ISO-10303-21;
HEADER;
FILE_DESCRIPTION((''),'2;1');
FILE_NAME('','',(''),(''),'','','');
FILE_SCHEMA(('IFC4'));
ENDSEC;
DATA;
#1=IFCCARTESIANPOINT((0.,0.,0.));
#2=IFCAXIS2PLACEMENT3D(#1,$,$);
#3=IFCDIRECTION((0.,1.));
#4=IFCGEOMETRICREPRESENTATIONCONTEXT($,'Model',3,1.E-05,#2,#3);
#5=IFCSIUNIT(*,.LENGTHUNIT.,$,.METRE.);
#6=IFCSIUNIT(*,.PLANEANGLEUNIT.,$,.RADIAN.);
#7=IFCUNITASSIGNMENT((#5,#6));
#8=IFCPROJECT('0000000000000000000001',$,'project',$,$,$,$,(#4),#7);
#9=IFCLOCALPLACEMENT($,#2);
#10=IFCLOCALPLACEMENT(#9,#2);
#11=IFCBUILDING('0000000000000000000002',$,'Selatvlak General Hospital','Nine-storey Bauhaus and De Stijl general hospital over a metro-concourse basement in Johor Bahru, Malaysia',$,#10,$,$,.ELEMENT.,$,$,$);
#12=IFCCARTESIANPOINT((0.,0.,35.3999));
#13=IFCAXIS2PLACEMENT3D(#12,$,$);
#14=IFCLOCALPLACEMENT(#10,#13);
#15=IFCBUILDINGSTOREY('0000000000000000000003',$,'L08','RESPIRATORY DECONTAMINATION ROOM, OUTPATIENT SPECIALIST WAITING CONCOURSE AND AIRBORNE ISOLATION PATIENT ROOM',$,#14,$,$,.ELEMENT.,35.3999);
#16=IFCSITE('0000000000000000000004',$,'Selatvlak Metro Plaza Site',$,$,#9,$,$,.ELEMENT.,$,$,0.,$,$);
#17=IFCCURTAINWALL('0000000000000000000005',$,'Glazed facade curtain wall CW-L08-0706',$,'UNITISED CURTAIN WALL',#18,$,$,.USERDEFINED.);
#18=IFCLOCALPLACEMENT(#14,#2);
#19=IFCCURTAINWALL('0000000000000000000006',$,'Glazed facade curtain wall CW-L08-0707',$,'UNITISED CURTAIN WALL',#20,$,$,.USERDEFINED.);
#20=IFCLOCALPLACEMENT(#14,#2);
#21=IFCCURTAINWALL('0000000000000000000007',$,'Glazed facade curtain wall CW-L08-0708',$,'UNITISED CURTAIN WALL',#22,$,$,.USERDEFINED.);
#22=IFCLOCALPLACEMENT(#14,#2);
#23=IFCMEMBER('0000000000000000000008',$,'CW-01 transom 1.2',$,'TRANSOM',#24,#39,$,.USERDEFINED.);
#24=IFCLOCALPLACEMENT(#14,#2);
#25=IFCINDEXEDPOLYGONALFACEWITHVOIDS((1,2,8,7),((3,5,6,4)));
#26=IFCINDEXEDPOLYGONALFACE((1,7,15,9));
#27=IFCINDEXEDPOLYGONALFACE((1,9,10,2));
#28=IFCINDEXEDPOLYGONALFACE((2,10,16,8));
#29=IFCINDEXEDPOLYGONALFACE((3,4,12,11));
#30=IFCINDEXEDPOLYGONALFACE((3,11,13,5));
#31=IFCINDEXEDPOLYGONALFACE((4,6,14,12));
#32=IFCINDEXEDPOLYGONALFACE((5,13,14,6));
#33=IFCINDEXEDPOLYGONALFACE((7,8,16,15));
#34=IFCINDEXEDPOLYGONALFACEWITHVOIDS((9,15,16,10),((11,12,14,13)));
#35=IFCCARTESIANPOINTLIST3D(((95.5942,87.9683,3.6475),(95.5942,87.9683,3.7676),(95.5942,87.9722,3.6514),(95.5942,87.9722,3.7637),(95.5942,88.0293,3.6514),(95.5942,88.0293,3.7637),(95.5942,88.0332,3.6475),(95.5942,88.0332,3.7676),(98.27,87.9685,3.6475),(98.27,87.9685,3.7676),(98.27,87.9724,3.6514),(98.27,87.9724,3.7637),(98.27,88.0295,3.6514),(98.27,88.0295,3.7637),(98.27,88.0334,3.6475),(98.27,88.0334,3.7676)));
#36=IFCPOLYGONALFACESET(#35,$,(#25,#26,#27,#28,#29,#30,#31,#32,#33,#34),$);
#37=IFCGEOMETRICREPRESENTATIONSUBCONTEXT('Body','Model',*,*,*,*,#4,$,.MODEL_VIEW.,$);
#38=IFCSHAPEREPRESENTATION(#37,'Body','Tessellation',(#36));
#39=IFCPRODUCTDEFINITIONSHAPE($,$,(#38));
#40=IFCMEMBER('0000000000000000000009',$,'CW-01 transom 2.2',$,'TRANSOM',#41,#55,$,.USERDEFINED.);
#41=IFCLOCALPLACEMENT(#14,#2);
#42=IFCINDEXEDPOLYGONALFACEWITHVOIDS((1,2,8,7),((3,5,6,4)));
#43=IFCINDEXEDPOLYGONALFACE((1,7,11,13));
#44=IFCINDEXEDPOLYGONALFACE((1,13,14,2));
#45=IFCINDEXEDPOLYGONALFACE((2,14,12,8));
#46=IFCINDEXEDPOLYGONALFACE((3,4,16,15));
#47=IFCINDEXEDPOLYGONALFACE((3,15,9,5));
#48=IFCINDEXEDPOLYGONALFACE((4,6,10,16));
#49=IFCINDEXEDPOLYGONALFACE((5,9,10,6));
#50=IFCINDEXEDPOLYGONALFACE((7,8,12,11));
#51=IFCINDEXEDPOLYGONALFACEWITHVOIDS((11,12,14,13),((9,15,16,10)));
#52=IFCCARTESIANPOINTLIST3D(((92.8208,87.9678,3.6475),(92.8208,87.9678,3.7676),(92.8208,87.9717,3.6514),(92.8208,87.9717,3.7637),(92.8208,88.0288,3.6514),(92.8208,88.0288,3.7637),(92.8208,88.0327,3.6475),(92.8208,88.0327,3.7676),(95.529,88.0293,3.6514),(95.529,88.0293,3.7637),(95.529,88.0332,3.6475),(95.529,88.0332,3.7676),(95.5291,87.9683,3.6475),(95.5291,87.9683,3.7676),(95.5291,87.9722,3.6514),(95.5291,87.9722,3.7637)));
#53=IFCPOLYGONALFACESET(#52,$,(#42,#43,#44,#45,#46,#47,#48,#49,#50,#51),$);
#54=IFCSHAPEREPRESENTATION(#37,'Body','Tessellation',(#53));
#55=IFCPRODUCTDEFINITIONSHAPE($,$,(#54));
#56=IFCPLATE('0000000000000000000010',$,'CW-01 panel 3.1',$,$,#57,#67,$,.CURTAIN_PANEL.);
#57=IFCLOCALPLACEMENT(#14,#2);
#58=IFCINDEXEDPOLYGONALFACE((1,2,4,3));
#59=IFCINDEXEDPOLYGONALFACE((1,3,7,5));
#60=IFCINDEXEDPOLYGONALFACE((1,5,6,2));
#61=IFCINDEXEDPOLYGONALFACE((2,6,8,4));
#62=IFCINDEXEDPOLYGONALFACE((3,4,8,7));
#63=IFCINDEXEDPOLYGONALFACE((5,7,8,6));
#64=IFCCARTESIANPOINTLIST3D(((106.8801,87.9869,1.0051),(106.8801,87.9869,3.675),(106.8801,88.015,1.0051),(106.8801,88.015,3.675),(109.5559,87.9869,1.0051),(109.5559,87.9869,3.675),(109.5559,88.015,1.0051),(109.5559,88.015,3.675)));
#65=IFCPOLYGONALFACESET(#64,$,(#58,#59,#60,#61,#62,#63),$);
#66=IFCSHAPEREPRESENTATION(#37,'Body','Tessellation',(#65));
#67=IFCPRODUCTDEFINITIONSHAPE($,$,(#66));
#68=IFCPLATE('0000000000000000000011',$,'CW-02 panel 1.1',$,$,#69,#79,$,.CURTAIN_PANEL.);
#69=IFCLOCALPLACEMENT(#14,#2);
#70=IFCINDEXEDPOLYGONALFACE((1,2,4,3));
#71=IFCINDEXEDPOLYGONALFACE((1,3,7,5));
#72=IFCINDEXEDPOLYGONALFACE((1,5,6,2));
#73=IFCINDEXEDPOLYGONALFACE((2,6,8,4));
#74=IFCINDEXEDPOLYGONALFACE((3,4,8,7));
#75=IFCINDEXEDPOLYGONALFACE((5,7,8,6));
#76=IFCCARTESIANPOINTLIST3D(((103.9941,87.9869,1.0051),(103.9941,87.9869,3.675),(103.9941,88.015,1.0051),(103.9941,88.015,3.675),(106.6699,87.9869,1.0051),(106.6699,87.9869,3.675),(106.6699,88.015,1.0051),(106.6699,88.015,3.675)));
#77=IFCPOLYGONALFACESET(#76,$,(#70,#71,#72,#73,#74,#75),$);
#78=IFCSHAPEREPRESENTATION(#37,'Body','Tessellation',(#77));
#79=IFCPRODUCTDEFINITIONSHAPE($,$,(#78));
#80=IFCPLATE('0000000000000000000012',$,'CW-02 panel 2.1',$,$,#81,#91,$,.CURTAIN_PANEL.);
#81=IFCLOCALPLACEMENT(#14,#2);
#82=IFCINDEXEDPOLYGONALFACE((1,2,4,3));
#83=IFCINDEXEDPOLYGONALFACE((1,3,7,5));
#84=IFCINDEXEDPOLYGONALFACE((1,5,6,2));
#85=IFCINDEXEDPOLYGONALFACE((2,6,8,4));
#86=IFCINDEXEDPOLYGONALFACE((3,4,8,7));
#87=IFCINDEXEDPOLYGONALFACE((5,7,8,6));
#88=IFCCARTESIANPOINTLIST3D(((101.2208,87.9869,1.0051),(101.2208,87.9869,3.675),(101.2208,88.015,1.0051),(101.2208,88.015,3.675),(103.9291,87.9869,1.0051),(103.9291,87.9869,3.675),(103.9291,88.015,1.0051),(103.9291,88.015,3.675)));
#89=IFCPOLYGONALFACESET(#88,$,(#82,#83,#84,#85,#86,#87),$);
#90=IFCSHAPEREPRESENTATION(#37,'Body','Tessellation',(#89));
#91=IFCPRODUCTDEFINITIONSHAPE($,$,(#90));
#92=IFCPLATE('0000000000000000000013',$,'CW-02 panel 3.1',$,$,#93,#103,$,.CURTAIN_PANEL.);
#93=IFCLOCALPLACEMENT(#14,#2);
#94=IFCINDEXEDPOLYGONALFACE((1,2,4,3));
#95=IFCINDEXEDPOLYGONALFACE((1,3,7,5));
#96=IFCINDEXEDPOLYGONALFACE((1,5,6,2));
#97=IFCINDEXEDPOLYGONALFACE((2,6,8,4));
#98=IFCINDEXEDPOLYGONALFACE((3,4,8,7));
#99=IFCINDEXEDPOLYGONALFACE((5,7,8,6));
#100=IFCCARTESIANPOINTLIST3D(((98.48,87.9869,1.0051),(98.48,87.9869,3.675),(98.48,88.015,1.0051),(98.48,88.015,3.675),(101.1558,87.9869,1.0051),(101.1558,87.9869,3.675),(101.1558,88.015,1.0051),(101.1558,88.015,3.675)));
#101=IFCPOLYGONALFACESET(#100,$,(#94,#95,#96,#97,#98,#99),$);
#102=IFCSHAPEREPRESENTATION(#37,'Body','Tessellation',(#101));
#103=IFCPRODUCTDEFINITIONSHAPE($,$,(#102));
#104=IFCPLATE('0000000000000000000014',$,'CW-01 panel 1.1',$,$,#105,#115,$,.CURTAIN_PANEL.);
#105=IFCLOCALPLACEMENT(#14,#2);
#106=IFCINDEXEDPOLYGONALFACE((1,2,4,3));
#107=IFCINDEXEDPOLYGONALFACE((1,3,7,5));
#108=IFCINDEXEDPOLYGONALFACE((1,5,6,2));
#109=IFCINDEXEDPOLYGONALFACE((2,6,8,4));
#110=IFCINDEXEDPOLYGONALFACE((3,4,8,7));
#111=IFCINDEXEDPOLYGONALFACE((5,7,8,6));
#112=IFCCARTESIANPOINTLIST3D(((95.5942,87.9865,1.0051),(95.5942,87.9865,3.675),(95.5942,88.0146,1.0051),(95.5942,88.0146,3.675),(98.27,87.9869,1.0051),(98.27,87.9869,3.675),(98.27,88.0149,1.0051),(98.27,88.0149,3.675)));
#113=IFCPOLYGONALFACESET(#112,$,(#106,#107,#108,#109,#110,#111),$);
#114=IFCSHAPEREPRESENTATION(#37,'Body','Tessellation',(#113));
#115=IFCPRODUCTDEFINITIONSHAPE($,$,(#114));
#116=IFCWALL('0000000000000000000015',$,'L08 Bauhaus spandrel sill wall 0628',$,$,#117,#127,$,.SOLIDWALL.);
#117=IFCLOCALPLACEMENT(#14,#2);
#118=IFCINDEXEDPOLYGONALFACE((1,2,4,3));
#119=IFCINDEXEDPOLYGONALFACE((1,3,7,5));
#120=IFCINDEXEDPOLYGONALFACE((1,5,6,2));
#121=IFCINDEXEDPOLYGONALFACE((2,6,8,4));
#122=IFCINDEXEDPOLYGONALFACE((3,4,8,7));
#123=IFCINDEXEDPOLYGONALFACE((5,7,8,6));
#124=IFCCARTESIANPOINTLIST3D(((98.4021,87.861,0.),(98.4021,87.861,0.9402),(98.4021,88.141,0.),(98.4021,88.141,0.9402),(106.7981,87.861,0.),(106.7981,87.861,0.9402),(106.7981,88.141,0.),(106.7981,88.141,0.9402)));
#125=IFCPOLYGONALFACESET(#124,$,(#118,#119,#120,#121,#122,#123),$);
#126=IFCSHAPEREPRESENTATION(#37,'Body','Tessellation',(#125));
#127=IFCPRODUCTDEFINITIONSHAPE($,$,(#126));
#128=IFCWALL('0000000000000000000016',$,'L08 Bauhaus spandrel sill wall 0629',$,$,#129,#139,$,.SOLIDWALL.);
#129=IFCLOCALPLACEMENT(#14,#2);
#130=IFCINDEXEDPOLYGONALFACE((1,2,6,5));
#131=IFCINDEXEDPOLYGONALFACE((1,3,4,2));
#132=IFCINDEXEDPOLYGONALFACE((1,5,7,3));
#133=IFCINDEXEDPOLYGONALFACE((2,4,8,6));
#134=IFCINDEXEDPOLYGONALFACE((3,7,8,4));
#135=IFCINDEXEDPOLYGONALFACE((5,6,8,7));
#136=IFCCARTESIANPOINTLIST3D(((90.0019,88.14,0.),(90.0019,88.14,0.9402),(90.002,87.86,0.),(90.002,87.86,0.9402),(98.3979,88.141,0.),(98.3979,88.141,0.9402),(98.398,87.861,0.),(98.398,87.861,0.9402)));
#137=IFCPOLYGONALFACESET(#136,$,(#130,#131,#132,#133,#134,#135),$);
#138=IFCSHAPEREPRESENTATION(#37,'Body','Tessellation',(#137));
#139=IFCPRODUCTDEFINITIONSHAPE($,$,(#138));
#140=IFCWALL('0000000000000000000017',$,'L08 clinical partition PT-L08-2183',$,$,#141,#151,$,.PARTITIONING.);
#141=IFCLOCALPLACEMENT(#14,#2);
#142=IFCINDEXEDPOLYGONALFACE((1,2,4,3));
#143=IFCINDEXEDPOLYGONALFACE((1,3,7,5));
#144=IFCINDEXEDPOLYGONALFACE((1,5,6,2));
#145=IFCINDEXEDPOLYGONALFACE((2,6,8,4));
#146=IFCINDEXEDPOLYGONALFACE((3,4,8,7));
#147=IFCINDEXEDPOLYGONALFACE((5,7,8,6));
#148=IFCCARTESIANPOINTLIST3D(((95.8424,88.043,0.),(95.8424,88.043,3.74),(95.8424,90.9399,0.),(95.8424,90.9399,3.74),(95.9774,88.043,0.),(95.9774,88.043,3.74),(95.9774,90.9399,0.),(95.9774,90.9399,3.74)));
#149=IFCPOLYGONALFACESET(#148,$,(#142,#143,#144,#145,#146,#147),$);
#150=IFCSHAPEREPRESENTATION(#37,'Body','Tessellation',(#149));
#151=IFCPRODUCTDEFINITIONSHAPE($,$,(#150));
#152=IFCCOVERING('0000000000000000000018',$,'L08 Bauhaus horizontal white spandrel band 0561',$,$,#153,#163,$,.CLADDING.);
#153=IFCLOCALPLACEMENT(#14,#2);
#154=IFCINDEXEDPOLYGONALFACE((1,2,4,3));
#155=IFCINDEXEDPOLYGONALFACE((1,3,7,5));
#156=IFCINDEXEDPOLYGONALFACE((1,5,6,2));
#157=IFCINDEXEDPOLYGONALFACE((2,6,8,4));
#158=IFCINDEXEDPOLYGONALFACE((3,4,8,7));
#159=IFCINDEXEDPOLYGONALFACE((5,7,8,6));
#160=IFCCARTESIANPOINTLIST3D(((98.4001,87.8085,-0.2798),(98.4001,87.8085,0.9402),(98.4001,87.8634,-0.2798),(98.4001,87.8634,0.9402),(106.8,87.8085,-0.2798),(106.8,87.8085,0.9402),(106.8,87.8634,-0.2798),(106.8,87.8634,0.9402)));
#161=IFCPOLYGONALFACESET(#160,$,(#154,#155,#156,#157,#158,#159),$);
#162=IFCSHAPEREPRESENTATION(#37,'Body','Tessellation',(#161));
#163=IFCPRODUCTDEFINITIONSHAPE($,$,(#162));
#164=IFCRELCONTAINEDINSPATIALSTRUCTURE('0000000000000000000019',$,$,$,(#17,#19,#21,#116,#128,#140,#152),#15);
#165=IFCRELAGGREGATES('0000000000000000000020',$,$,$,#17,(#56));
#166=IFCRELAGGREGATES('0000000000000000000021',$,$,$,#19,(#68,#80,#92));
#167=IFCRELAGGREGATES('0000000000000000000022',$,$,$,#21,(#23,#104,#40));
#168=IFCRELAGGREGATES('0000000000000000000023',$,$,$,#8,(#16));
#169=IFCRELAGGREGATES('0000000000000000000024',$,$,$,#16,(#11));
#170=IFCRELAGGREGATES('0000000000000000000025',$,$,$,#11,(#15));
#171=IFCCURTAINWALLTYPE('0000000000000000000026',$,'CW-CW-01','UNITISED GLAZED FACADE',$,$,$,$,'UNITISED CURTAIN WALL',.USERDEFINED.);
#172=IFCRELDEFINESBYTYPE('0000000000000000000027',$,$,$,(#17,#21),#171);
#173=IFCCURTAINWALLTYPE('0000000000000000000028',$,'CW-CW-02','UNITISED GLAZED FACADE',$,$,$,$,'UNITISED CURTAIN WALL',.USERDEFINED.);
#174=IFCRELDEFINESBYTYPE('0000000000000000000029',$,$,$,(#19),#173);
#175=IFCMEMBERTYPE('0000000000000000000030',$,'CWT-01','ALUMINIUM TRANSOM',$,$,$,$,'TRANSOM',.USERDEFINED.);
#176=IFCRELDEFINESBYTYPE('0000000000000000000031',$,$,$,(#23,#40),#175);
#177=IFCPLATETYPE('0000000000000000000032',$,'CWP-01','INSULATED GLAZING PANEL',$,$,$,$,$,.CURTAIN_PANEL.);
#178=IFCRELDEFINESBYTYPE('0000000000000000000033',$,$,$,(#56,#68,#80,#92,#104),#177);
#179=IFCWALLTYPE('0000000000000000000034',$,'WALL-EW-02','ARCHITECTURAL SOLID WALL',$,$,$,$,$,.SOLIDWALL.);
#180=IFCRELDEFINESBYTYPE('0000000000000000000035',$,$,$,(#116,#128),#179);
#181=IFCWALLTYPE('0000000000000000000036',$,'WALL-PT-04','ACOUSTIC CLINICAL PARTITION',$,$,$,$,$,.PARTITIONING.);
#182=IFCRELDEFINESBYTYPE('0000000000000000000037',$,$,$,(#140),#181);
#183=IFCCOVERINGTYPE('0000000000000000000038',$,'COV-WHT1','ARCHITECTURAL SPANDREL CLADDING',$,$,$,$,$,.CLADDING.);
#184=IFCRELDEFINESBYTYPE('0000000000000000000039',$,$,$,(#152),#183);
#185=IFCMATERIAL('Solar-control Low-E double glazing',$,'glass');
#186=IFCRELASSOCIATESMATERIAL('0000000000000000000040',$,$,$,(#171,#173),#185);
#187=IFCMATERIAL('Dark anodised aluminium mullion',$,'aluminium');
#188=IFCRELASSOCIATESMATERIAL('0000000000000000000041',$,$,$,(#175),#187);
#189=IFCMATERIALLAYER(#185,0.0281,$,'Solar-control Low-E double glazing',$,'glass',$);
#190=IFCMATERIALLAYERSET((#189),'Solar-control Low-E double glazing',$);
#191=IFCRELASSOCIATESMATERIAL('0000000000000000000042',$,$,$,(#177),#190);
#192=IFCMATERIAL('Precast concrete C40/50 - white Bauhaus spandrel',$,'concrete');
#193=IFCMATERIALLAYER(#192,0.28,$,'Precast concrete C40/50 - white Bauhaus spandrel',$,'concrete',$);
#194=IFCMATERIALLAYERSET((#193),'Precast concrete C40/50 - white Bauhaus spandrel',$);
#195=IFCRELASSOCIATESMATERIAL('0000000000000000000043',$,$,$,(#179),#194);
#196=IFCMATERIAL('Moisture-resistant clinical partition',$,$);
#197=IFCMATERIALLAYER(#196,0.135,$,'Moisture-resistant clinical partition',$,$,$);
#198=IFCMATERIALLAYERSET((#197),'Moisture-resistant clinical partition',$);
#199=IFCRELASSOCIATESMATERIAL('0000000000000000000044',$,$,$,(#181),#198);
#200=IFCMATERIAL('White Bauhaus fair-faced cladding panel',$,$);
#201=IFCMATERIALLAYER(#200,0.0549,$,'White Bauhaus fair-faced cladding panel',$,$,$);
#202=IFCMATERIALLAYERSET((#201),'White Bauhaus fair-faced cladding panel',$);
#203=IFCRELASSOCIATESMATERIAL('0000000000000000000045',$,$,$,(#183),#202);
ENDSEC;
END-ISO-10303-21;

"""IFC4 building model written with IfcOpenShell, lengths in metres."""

from ifc_helpers import new_model, si_unit, direction, frame, frame_2d, origin, origin_2d, place, context, subcontext, project, spatial, rectangle, hollow_rectangle, extrude, material, layer, layer_set, material_profile, profile_set, type_object, element, aggregate, save


model = new_model("IFC4")

# Units and contexts
model_context = context("Model", 3, precision=1e-05, world=origin(), true_north=direction((0.0, 1.0)))
body_context = subcontext(model_context, "Body", "Model", "MODEL_VIEW")
ifc_project = project(units=[si_unit("LENGTHUNIT", "METRE"), si_unit("PLANEANGLEUNIT", "RADIAN")], contexts=[model_context])

# Site, building, storey
site_placement = place(None, origin())
site = spatial("IfcSite", under=ifc_project, at=site_placement, Name="Selatvlak Metro Plaza Site", CompositionType="ELEMENT", RefElevation=0.0)
building_placement = place(site_placement, origin())
building = spatial("IfcBuilding", under=site, at=building_placement, Name="Selatvlak General Hospital", Description="Nine-storey Bauhaus and De Stijl general hospital over a metro-concourse basement in Johor Bahru, Malaysia", CompositionType="ELEMENT")
storey_placement = place(building_placement, frame((0.0, 0.0, 35.3999)))
storey = spatial("IfcBuildingStorey", under=building, at=storey_placement, Name="L08", Description="RESPIRATORY DECONTAMINATION ROOM, OUTPATIENT SPECIALIST WAITING CONCOURSE AND AIRBORNE ISOLATION PATIENT ROOM", CompositionType="ELEMENT", Elevation=35.3999)

# Curtain walls
ifc_material_1 = material(Name="Solar-control Low-E double glazing", Category="glass")
curtain_wall_type_1 = type_object("IfcCurtainWallType", Name="CW-CW-01", Description="UNITISED GLAZED FACADE", ElementType="UNITISED CURTAIN WALL", PredefinedType="USERDEFINED", material=ifc_material_1)
curtain_wall_1_placement = place(storey_placement, origin())
curtain_wall_1 = element("IfcCurtainWall", 1, at=curtain_wall_1_placement, inside=storey, type_object=curtain_wall_type_1, Name="Glazed facade curtain wall CW-L08-0706", ObjectType="UNITISED CURTAIN WALL", PredefinedType="USERDEFINED")
ifc_material_2 = material(Name="Dark anodised aluminium mullion", Category="aluminium")
curtain_wall_type_2 = type_object("IfcCurtainWallType", Name="CW-CW-02", Description="UNITISED GLAZED FACADE", ElementType="UNITISED CURTAIN WALL", PredefinedType="USERDEFINED", material=ifc_material_1)
curtain_wall_2_placement = place(storey_placement, origin())
curtain_wall_2 = element("IfcCurtainWall", 2, at=curtain_wall_2_placement, inside=storey, type_object=curtain_wall_type_2, Name="Glazed facade curtain wall CW-L08-0707", ObjectType="UNITISED CURTAIN WALL", PredefinedType="USERDEFINED")
curtain_wall_3_placement = place(storey_placement, origin())
curtain_wall_3 = element("IfcCurtainWall", 3, at=curtain_wall_3_placement, inside=storey, type_object=curtain_wall_type_1, Name="Glazed facade curtain wall CW-L08-0708", ObjectType="UNITISED CURTAIN WALL", PredefinedType="USERDEFINED")

# Members
ifc_material_profile_1 = material_profile(ifc_material_2, hollow_rectangle(XDim=0.0649, YDim=0.1201, WallThickness=0.0039, at=origin_2d()), Name="AL-TRN 65x120x4")
ifc_profile_set_1 = profile_set([ifc_material_profile_1], Name="Dark anodised aluminium mullion")
member_type_1 = type_object("IfcMemberType", Name="CWT-01", Description="ALUMINIUM TRANSOM", ElementType="TRANSOM", PredefinedType="USERDEFINED", material=ifc_profile_set_1)
member_1_placement = place(storey_placement, frame((98.27, 88.001, 3.7075), z_axis=(-1.0, -0.000091, 0.0), x_axis=(0.000091, -1.0, 0.0)))
member_1 = element("IfcMember", 4, at=member_1_placement, type_object=member_type_1, Name="CW-01 transom 1.2", ObjectType="TRANSOM", PredefinedType="USERDEFINED", context=body_context, shape_type="SweptSolid", body=[
    extrude(hollow_rectangle(XDim=0.0649, YDim=0.1201, WallThickness=0.0039, at=origin_2d()), origin(), (0.0, 0.0, 1.0), 2.6758),
])
member_2_placement = place(storey_placement, frame((95.5291, 88.0007, 3.7075), z_axis=(-1.0, -0.00018, 0.0), x_axis=(0.00018, -1.0, 0.0)))
member_2 = element("IfcMember", 5, at=member_2_placement, type_object=member_type_1, Name="CW-01 transom 2.2", ObjectType="TRANSOM", PredefinedType="USERDEFINED", context=body_context, shape_type="SweptSolid", body=[
    extrude(hollow_rectangle(XDim=0.0649, YDim=0.1201, WallThickness=0.0039, at=origin_2d()), origin(), (0.0, 0.0, 1.0), 2.7083),
])

# Plates
ifc_layer_1 = layer(ifc_material_1, 0.0281, Name="Solar-control Low-E double glazing", Category="glass")
ifc_layer_set_1 = layer_set([ifc_layer_1], Name="Solar-control Low-E double glazing")
plate_type = type_object("IfcPlateType", Name="CWP-01", Description="INSULATED GLAZING PANEL", PredefinedType="CURTAIN_PANEL", material=ifc_layer_set_1)
plate_1_placement = place(storey_placement, frame((108.218, 88.001, 1.0051), z_axis=(0.0, 0.0, 1.0), x_axis=(-1.0, 0.0, 0.0)))
plate_1 = element("IfcPlate", 6, at=plate_1_placement, type_object=plate_type, Name="CW-01 panel 3.1", PredefinedType="CURTAIN_PANEL", context=body_context, shape_type="SweptSolid", body=[
    extrude(rectangle(XDim=2.6758, YDim=0.0281, at=origin_2d()), origin(), (0.0, 0.0, 1.0), 2.6699),
])
aggregate(curtain_wall_1, [plate_1])
plate_2_placement = place(storey_placement, frame((105.332, 88.001, 1.0051), z_axis=(0.0, 0.0, 1.0), x_axis=(-1.0, 0.0, 0.0)))
plate_2 = element("IfcPlate", 7, at=plate_2_placement, type_object=plate_type, Name="CW-02 panel 1.1", PredefinedType="CURTAIN_PANEL", context=body_context, shape_type="SweptSolid", body=[
    extrude(rectangle(XDim=2.6758, YDim=0.0281, at=origin_2d()), origin(), (0.0, 0.0, 1.0), 2.6699),
])
plate_3_placement = place(storey_placement, frame((102.575, 88.001, 1.0051), z_axis=(0.0, 0.0, 1.0), x_axis=(-1.0, 0.0, 0.0)))
plate_3 = element("IfcPlate", 8, at=plate_3_placement, type_object=plate_type, Name="CW-02 panel 2.1", PredefinedType="CURTAIN_PANEL", context=body_context, shape_type="SweptSolid", body=[
    extrude(rectangle(XDim=2.7083, YDim=0.0281, at=origin_2d()), origin(), (0.0, 0.0, 1.0), 2.6699),
])
plate_4_placement = place(storey_placement, frame((99.8179, 88.001, 1.0051), z_axis=(0.0, 0.0, 1.0), x_axis=(-1.0, 0.0, 0.0)))
plate_4 = element("IfcPlate", 9, at=plate_4_placement, type_object=plate_type, Name="CW-02 panel 3.1", PredefinedType="CURTAIN_PANEL", context=body_context, shape_type="SweptSolid", body=[
    extrude(rectangle(XDim=2.6758, YDim=0.0281, at=origin_2d()), origin(), (0.0, 0.0, 1.0), 2.6699),
])
aggregate(curtain_wall_2, [plate_2, plate_3, plate_4])
plate_5_placement = place(storey_placement, frame((96.9321, 88.0007, 1.0051), z_axis=(0.0, 0.0, 1.0), x_axis=(-1.0, -0.00012, 0.0)))
plate_5 = element("IfcPlate", 10, at=plate_5_placement, type_object=plate_type, Name="CW-01 panel 1.1", PredefinedType="CURTAIN_PANEL", context=body_context, shape_type="SweptSolid", body=[
    extrude(rectangle(XDim=2.6758, YDim=0.0281, at=origin_2d()), origin(), (0.0, 0.0, 1.0), 2.6699),
])
aggregate(curtain_wall_3, [member_1, plate_5, member_2])

# Walls
ifc_material_3 = material(Name="Precast concrete C40/50 - white Bauhaus spandrel", Category="concrete")
ifc_layer_2 = layer(ifc_material_3, 0.28, Name="Precast concrete C40/50 - white Bauhaus spandrel", Category="concrete")
ifc_layer_set_2 = layer_set([ifc_layer_2], Name="Precast concrete C40/50 - white Bauhaus spandrel")
wall_type_1 = type_object("IfcWallType", Name="WALL-EW-02", Description="ARCHITECTURAL SOLID WALL", PredefinedType="SOLIDWALL", material=ifc_layer_set_2)
for number, where, z_axis, x_axis, name in (
    (11, (106.7981, 88.001, 0.0), (0.0, 0.0, 1.0), (-1.0, 0.0, 0.0), "L08 Bauhaus spandrel sill wall 0628"),
    (12, (98.3979, 88.001, 0.0), (0.0, 0.0, 1.0), (-1.0, -0.000116, 0.0), "L08 Bauhaus spandrel sill wall 0629"),
):
    element("IfcWall", number, at=place(storey_placement, frame(where, z_axis=z_axis, x_axis=x_axis)), inside=storey, type_object=wall_type_1, Name=name, PredefinedType="SOLIDWALL", context=body_context, shape_type="SweptSolid", body=[
        extrude(rectangle(XDim=8.396, YDim=0.28, at=frame_2d((4.198, 0.0))), origin(), (0.0, 0.0, 1.0), 0.9402),
    ])

# Wall
ifc_material_4 = material(Name="Moisture-resistant clinical partition")
ifc_layer_3 = layer(ifc_material_4, 0.135, Name="Moisture-resistant clinical partition")
ifc_layer_set_3 = layer_set([ifc_layer_3], Name="Moisture-resistant clinical partition")
wall_type_2 = type_object("IfcWallType", Name="WALL-PT-04", Description="ACOUSTIC CLINICAL PARTITION", PredefinedType="PARTITIONING", material=ifc_layer_set_3)
wall_1_placement = place(storey_placement, frame((95.9099, 88.043, 0.0), z_axis=(0.0, 0.0, 1.0), x_axis=(0.0, 1.0, 0.0)))
element("IfcWall", 13, at=wall_1_placement, inside=storey, type_object=wall_type_2, Name="L08 clinical partition PT-L08-2183", PredefinedType="PARTITIONING", context=body_context, shape_type="SweptSolid", body=[
    extrude(rectangle(XDim=2.897, YDim=0.135, at=frame_2d((1.4485, 0.0))), origin(), (0.0, 0.0, 1.0), 3.74),
])

# Covering
ifc_material_5 = material(Name="White Bauhaus fair-faced cladding panel")
ifc_layer_4 = layer(ifc_material_5, 0.0549, Name="White Bauhaus fair-faced cladding panel")
ifc_layer_set_4 = layer_set([ifc_layer_4], Name="White Bauhaus fair-faced cladding panel")
covering_type = type_object("IfcCoveringType", Name="COV-WHT1", Description="ARCHITECTURAL SPANDREL CLADDING", PredefinedType="CLADDING", material=ifc_layer_set_4)
covering_placement = place(storey_placement, frame((102.6001, 87.8359, -0.2798), z_axis=(0.0, 0.0, 1.0), x_axis=(-1.0, 0.0, 0.0)))
element("IfcCovering", 14, at=covering_placement, inside=storey, type_object=covering_type, Name="L08 Bauhaus horizontal white spandrel band 0561", PredefinedType="CLADDING", context=body_context, shape_type="SweptSolid", body=[
    extrude(rectangle(XDim=8.3999, YDim=0.0549, at=origin_2d()), origin(), (0.0, 0.0, 1.0), 1.22),
])

save(model, "model.ifc")
